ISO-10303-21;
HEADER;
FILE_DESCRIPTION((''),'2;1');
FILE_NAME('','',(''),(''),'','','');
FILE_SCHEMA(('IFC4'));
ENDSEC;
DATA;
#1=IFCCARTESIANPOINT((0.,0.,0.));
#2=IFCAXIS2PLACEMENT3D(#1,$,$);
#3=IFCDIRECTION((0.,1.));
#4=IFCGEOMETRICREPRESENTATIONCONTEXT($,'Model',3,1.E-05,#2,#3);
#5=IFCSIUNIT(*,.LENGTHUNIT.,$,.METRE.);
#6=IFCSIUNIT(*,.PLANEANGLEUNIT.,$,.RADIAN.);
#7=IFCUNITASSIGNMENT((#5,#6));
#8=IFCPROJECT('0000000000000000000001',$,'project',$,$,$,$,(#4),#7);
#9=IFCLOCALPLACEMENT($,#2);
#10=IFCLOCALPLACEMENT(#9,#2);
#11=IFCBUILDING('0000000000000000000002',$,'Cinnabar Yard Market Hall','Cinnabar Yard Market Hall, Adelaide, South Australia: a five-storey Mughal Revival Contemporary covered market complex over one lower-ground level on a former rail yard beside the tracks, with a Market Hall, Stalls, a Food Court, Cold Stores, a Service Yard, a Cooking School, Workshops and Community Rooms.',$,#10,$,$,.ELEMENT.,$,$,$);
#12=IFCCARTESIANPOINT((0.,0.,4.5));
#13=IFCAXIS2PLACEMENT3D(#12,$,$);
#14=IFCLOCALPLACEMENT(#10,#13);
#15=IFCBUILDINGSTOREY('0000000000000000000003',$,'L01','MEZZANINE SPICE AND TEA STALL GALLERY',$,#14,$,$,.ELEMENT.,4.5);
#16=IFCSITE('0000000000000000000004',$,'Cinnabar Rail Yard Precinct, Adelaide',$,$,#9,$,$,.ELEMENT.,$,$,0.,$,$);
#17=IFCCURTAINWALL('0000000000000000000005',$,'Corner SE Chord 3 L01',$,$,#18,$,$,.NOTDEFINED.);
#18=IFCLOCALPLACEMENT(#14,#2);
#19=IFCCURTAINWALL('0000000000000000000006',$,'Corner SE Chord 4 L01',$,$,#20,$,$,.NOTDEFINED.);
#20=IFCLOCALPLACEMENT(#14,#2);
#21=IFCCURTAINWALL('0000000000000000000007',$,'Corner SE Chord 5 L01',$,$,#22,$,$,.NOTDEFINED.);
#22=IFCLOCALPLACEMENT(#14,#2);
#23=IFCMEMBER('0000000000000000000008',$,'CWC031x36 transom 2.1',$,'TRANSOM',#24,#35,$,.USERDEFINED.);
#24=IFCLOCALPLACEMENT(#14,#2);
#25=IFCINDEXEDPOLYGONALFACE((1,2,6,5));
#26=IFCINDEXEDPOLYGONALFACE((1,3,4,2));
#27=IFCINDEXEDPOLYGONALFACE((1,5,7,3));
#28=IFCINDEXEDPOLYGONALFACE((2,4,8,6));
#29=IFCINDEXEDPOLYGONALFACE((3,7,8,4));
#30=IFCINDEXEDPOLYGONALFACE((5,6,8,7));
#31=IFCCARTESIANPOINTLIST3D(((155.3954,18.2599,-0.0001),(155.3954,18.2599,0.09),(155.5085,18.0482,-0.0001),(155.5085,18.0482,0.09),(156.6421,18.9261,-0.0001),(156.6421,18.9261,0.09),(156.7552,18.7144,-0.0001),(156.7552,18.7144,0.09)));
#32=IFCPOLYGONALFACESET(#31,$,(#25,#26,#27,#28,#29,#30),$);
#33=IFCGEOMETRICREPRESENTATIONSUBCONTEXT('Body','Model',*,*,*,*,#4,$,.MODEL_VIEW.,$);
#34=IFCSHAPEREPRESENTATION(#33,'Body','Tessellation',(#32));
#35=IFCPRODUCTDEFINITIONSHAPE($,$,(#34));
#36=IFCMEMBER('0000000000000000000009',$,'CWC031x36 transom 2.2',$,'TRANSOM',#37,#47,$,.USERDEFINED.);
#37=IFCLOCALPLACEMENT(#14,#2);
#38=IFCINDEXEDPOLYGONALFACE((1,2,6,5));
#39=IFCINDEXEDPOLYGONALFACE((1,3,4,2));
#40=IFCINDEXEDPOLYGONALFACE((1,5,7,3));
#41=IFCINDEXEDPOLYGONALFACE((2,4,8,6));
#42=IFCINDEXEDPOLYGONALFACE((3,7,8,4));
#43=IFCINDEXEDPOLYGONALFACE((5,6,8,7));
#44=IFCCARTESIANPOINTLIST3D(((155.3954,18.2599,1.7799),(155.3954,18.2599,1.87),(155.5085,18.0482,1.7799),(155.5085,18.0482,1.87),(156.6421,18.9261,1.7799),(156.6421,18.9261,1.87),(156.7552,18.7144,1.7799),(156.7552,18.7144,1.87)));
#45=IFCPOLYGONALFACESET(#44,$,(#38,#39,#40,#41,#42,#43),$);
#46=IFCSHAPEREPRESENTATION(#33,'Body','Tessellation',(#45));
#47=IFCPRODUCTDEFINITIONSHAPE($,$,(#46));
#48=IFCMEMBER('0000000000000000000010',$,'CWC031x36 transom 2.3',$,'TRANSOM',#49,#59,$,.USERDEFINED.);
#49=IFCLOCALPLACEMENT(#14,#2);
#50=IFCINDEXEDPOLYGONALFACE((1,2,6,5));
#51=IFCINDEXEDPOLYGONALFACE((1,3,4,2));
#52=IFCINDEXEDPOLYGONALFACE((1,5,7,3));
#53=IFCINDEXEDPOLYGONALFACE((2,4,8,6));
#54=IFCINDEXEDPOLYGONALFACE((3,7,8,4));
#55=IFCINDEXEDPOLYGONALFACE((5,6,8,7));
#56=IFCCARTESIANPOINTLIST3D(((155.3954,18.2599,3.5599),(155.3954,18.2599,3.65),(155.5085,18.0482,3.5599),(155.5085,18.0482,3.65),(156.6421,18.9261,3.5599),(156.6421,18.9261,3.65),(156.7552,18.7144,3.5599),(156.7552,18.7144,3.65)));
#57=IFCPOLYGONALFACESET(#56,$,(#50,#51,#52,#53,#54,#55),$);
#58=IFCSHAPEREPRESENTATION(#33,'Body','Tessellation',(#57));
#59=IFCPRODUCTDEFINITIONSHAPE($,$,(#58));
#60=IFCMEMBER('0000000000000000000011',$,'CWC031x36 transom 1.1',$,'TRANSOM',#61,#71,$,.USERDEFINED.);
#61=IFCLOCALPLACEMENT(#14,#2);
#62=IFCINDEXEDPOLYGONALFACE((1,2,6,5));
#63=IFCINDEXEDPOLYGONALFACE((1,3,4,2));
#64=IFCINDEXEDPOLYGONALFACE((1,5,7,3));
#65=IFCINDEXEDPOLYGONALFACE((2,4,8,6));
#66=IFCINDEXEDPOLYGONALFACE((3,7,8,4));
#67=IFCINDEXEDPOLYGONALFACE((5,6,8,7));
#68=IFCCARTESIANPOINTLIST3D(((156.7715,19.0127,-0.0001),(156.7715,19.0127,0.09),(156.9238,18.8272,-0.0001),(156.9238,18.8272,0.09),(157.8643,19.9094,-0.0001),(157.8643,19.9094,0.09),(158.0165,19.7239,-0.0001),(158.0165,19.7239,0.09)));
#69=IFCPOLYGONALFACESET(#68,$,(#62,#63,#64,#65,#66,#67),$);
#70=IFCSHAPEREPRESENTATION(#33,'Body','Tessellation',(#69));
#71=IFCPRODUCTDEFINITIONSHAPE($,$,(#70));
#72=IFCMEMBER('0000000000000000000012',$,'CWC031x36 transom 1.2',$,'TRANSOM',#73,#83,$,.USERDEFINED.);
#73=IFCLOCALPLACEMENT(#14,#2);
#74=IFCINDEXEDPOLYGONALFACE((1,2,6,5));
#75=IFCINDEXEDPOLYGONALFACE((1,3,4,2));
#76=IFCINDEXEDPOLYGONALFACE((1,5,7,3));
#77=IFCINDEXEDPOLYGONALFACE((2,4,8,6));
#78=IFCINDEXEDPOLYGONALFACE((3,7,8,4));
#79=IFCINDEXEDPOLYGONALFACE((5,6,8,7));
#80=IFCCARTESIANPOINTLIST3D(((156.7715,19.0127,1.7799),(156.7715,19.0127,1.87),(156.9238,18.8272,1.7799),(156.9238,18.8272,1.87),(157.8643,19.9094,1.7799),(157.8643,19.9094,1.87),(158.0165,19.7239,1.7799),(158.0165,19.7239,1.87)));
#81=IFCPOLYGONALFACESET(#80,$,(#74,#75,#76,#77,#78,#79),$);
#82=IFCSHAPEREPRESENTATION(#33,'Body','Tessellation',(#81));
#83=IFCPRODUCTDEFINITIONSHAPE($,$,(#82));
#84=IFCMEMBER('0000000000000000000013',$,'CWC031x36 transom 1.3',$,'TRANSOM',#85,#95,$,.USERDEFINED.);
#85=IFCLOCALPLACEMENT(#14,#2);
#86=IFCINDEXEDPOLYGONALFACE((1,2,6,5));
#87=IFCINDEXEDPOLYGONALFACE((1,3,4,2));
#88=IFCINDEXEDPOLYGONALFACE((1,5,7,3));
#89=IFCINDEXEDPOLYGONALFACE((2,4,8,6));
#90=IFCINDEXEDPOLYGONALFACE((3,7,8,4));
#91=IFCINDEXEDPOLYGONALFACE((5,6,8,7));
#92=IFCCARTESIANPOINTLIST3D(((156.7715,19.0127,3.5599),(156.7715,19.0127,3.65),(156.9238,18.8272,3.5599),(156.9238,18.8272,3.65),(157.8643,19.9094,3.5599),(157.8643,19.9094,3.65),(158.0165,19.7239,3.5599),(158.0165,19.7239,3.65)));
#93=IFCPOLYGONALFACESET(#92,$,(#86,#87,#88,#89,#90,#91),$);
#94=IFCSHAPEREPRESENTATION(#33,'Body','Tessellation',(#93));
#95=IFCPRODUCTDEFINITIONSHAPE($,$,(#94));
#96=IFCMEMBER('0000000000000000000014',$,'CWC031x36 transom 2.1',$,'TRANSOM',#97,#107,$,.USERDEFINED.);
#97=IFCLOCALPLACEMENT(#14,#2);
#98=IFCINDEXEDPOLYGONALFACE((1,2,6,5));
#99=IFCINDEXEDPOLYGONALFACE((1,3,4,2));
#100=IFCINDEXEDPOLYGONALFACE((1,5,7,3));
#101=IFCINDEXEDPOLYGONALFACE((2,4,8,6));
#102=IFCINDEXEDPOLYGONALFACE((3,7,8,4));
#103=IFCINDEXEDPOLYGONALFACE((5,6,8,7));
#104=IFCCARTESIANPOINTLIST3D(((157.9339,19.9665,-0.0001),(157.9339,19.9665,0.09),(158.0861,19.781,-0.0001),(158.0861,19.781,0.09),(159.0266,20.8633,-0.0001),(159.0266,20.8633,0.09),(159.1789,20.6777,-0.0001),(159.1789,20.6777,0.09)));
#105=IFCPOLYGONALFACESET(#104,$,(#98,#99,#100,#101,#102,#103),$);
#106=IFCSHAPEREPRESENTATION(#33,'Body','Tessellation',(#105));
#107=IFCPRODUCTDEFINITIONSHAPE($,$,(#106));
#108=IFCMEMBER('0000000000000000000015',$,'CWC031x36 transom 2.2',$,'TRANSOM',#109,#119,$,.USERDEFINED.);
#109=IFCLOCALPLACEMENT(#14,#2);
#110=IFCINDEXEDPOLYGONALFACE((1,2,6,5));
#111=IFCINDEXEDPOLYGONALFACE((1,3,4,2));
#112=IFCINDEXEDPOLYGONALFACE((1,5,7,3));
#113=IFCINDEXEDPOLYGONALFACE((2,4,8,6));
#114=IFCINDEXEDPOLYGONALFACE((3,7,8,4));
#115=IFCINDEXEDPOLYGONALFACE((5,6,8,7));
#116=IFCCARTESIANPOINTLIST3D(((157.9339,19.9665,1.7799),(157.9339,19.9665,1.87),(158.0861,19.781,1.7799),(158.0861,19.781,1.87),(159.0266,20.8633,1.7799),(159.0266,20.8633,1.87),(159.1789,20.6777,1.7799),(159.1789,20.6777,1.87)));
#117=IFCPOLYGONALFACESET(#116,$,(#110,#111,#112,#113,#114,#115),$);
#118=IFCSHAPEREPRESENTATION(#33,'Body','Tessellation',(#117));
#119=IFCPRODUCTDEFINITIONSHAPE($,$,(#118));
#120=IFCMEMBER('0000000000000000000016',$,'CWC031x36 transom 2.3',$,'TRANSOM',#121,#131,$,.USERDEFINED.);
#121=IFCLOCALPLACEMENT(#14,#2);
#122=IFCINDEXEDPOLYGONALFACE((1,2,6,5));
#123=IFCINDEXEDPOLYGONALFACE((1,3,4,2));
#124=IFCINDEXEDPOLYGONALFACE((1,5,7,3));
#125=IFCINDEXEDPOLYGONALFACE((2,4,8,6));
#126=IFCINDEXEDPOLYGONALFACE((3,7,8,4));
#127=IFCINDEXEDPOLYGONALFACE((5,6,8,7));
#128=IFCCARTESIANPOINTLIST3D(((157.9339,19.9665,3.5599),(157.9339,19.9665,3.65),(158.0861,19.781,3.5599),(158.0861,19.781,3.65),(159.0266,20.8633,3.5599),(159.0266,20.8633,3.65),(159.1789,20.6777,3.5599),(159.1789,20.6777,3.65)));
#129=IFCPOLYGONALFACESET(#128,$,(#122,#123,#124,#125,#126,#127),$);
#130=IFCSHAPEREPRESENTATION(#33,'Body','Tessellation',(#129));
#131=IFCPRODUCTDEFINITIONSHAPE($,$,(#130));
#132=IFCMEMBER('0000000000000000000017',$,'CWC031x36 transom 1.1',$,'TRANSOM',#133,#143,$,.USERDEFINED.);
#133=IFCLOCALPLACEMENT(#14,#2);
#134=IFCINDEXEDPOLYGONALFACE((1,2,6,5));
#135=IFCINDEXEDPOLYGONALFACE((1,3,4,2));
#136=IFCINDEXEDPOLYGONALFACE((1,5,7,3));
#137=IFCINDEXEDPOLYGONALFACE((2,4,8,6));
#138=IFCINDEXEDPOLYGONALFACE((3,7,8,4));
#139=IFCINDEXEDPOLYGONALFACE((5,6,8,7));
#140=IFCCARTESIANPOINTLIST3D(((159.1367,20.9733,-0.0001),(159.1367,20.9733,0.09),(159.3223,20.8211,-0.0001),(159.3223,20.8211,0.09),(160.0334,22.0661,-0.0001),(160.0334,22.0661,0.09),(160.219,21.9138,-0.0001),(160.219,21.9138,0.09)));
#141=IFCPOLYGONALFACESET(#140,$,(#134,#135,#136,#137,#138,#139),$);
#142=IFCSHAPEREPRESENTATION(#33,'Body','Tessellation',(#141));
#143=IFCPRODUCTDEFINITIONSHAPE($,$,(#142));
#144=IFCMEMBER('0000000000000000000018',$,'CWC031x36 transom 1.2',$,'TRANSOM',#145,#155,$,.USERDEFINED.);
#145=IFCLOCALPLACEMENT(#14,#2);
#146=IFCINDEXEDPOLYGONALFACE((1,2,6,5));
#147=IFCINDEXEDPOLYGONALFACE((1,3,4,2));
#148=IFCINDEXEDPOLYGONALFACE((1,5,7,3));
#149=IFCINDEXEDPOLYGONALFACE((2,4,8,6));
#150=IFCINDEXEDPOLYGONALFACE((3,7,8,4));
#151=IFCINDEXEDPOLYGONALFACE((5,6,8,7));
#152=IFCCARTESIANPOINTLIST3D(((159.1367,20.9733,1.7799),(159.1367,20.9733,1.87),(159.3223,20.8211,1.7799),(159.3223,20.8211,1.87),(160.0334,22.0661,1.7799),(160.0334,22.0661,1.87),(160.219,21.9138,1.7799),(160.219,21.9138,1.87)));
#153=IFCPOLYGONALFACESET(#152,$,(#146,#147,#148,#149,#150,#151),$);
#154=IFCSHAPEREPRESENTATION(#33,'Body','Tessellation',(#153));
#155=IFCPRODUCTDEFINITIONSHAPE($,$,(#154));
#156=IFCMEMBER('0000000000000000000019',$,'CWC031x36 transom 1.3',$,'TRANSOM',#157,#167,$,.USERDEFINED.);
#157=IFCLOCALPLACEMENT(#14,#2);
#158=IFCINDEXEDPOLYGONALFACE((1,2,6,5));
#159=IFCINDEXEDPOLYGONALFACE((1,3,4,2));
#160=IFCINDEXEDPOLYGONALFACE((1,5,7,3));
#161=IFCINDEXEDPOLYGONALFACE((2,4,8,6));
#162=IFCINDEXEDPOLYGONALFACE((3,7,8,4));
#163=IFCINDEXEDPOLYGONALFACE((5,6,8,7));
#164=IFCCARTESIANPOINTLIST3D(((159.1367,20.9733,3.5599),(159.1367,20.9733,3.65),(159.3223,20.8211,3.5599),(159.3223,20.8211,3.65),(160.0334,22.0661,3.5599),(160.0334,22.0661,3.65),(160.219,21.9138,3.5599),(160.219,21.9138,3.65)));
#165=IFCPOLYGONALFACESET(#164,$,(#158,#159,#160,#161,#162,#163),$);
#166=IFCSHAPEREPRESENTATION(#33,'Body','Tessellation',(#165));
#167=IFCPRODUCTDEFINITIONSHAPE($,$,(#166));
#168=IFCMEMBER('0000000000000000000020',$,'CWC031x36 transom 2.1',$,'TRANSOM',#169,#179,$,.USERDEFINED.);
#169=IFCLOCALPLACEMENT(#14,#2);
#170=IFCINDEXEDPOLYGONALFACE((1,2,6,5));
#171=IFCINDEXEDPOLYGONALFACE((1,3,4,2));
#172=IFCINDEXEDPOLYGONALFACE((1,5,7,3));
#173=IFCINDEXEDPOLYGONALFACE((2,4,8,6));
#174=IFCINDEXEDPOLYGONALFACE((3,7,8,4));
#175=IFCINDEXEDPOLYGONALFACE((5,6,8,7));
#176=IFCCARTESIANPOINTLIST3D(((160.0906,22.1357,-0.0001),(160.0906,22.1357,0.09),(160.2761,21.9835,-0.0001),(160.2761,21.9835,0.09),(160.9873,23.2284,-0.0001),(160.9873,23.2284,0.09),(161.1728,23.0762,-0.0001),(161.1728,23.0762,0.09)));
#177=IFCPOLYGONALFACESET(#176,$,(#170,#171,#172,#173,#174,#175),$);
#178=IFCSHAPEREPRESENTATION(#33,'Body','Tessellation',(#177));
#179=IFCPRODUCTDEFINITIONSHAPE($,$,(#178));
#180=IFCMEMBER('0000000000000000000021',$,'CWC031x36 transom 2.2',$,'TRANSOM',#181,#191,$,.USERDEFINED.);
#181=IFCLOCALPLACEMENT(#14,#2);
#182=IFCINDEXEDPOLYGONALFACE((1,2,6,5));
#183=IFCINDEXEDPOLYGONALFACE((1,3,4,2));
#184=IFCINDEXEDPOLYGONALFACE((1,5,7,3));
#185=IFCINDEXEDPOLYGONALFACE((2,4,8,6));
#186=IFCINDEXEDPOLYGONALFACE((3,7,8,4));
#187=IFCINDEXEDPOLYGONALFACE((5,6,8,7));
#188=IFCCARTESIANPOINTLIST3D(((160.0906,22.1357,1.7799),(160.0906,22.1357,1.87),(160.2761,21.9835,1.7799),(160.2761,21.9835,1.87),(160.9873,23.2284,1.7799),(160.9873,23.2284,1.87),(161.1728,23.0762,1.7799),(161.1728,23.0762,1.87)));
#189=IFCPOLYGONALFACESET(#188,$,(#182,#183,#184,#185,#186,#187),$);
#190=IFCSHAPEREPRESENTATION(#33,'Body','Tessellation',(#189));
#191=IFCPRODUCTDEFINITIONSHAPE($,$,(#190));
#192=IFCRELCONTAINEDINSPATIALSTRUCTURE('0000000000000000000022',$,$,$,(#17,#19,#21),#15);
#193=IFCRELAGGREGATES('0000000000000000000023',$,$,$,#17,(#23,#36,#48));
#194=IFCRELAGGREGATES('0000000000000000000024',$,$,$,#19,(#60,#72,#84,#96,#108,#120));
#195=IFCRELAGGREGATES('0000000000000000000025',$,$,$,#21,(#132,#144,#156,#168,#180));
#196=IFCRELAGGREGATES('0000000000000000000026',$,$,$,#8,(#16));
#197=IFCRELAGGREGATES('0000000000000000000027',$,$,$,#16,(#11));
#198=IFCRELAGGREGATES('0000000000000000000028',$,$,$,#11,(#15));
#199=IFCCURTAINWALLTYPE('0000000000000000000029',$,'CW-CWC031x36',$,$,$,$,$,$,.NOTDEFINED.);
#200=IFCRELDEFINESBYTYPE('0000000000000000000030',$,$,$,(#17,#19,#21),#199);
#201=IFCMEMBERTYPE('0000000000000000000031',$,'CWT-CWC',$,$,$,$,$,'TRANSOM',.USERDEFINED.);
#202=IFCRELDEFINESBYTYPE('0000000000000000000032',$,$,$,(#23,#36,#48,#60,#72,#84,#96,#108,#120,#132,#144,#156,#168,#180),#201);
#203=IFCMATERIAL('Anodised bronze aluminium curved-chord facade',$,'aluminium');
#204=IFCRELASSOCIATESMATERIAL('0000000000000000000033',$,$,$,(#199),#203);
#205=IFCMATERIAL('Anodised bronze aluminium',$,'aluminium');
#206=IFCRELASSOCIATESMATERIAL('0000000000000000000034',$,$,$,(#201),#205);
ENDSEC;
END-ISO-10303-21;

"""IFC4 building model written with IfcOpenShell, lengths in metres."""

from ifc_helpers import new_model, si_unit, direction, frame, origin, origin_2d_with_axis, place, context, subcontext, project, spatial, rectangle, extrude, material, material_profile, profile_set, type_object, element, aggregate, save


model = new_model("IFC4")

# Units and contexts
model_context = context("Model", 3, precision=1e-05, world=origin(), true_north=direction((0.0, 1.0)))
body_context = subcontext(model_context, "Body", "Model", "MODEL_VIEW")
ifc_project = project(units=[si_unit("LENGTHUNIT", "METRE"), si_unit("PLANEANGLEUNIT", "RADIAN")], contexts=[model_context])

# Site, building, storey
site_placement = place(None, origin())
site = spatial("IfcSite", under=ifc_project, at=site_placement, Name="Cinnabar Rail Yard Precinct, Adelaide", CompositionType="ELEMENT", RefElevation=0.0)
building_placement = place(site_placement, origin())
building = spatial("IfcBuilding", under=site, at=building_placement, Name="Cinnabar Yard Market Hall", Description="Cinnabar Yard Market Hall, Adelaide, South Australia: a five-storey Mughal Revival Contemporary covered market complex over one lower-ground level on a former rail yard beside the tracks, with a Market Hall, Stalls, a Food Court, Cold Stores, a Service Yard, a Cooking School, Workshops and Community Rooms.", CompositionType="ELEMENT")
storey_placement = place(building_placement, frame((0.0, 0.0, 4.5)))
storey = spatial("IfcBuildingStorey", under=building, at=storey_placement, Name="L01", Description="MEZZANINE SPICE AND TEA STALL GALLERY", CompositionType="ELEMENT", Elevation=4.5)

# Curtain walls
ifc_material_1 = material(Name="Anodised bronze aluminium curved-chord facade", Category="aluminium")
curtain_wall_type = type_object("IfcCurtainWallType", Name="CW-CWC031x36", PredefinedType="NOTDEFINED", material=ifc_material_1)
curtain_wall_1_placement = place(storey_placement, origin())
curtain_wall_1 = element("IfcCurtainWall", 1, at=curtain_wall_1_placement, inside=storey, type_object=curtain_wall_type, Name="Corner SE Chord 3 L01", PredefinedType="NOTDEFINED")
ifc_material_2 = material(Name="Anodised bronze aluminium", Category="aluminium")
curtain_wall_2_placement = place(storey_placement, origin())
curtain_wall_2 = element("IfcCurtainWall", 2, at=curtain_wall_2_placement, inside=storey, type_object=curtain_wall_type, Name="Corner SE Chord 4 L01", PredefinedType="NOTDEFINED")
curtain_wall_3_placement = place(storey_placement, origin())
curtain_wall_3 = element("IfcCurtainWall", 3, at=curtain_wall_3_placement, inside=storey, type_object=curtain_wall_type, Name="Corner SE Chord 5 L01", PredefinedType="NOTDEFINED")

# Members
ifc_material_profile_1 = material_profile(ifc_material_2, rectangle(XDim=0.24, YDim=0.0901, at=origin_2d_with_axis()), Name="TRN-CWC")
ifc_profile_set_1 = profile_set([ifc_material_profile_1], Name="Anodised bronze aluminium")
member_type_1 = type_object("IfcMemberType", Name="CWT-CWC", ElementType="TRANSOM", PredefinedType="USERDEFINED", material=ifc_profile_set_1)
member_1_placement = place(storey_placement, frame((155.4519, 18.1541, 0.0449), z_axis=(0.881975, 0.471296, 0.0), x_axis=(-0.471296, 0.881975, 0.0)))
member_1 = element("IfcMember", 4, at=member_1_placement, type_object=member_type_1, Name="CWC031x36 transom 2.1", ObjectType="TRANSOM", PredefinedType="USERDEFINED", context=body_context, shape_type="SweptSolid", body=[
    extrude(rectangle(XDim=0.24, YDim=0.0901, at=origin_2d_with_axis()), origin(), (0.0, 0.0, 1.0), 1.4136),
])
member_2_placement = place(storey_placement, frame((155.4519, 18.1541, 1.825), z_axis=(0.881975, 0.471296, 0.0), x_axis=(-0.471296, 0.881975, 0.0)))
member_2 = element("IfcMember", 5, at=member_2_placement, type_object=member_type_1, Name="CWC031x36 transom 2.2", ObjectType="TRANSOM", PredefinedType="USERDEFINED", context=body_context, shape_type="SweptSolid", body=[
    extrude(rectangle(XDim=0.24, YDim=0.0901, at=origin_2d_with_axis()), origin(), (0.0, 0.0, 1.0), 1.4136),
])
member_3_placement = place(storey_placement, frame((155.4519, 18.1541, 3.605), z_axis=(0.881975, 0.471296, 0.0), x_axis=(-0.471296, 0.881975, 0.0)))
member_3 = element("IfcMember", 6, at=member_3_placement, type_object=member_type_1, Name="CWC031x36 transom 2.3", ObjectType="TRANSOM", PredefinedType="USERDEFINED", context=body_context, shape_type="SweptSolid", body=[
    extrude(rectangle(XDim=0.24, YDim=0.0901, at=origin_2d_with_axis()), origin(), (0.0, 0.0, 1.0), 1.4136),
])
member_4_placement = place(storey_placement, frame((156.8477, 18.9199, 0.0449), z_axis=(0.773041, 0.634356, 0.0), x_axis=(-0.634356, 0.773041, 0.0)))
member_4 = element("IfcMember", 7, at=member_4_placement, type_object=member_type_1, Name="CWC031x36 transom 1.1", ObjectType="TRANSOM", PredefinedType="USERDEFINED", context=body_context, shape_type="SweptSolid", body=[
    extrude(rectangle(XDim=0.24, YDim=0.0901, at=origin_2d_with_axis()), origin(), (0.0, 0.0, 1.0), 1.4136),
])
member_5_placement = place(storey_placement, frame((156.8477, 18.9199, 1.825), z_axis=(0.773041, 0.634356, 0.0), x_axis=(-0.634356, 0.773041, 0.0)))
member_5 = element("IfcMember", 8, at=member_5_placement, type_object=member_type_1, Name="CWC031x36 transom 1.2", ObjectType="TRANSOM", PredefinedType="USERDEFINED", context=body_context, shape_type="SweptSolid", body=[
    extrude(rectangle(XDim=0.24, YDim=0.0901, at=origin_2d_with_axis()), origin(), (0.0, 0.0, 1.0), 1.4136),
])
member_6_placement = place(storey_placement, frame((156.8477, 18.9199, 3.605), z_axis=(0.773041, 0.634356, 0.0), x_axis=(-0.634356, 0.773041, 0.0)))
member_6 = element("IfcMember", 9, at=member_6_placement, type_object=member_type_1, Name="CWC031x36 transom 1.3", ObjectType="TRANSOM", PredefinedType="USERDEFINED", context=body_context, shape_type="SweptSolid", body=[
    extrude(rectangle(XDim=0.24, YDim=0.0901, at=origin_2d_with_axis()), origin(), (0.0, 0.0, 1.0), 1.4136),
])
member_7_placement = place(storey_placement, frame((158.01, 19.8738, 0.0449), z_axis=(0.773041, 0.634356, 0.0), x_axis=(-0.634356, 0.773041, 0.0)))
member_7 = element("IfcMember", 10, at=member_7_placement, type_object=member_type_1, Name="CWC031x36 transom 2.1", ObjectType="TRANSOM", PredefinedType="USERDEFINED", context=body_context, shape_type="SweptSolid", body=[
    extrude(rectangle(XDim=0.24, YDim=0.0901, at=origin_2d_with_axis()), origin(), (0.0, 0.0, 1.0), 1.4136),
])
member_8_placement = place(storey_placement, frame((158.01, 19.8738, 1.825), z_axis=(0.773041, 0.634356, 0.0), x_axis=(-0.634356, 0.773041, 0.0)))
member_8 = element("IfcMember", 11, at=member_8_placement, type_object=member_type_1, Name="CWC031x36 transom 2.2", ObjectType="TRANSOM", PredefinedType="USERDEFINED", context=body_context, shape_type="SweptSolid", body=[
    extrude(rectangle(XDim=0.24, YDim=0.0901, at=origin_2d_with_axis()), origin(), (0.0, 0.0, 1.0), 1.4136),
])
member_9_placement = place(storey_placement, frame((158.01, 19.8738, 3.605), z_axis=(0.773041, 0.634356, 0.0), x_axis=(-0.634356, 0.773041, 0.0)))
member_9 = element("IfcMember", 12, at=member_9_placement, type_object=member_type_1, Name="CWC031x36 transom 2.3", ObjectType="TRANSOM", PredefinedType="USERDEFINED", context=body_context, shape_type="SweptSolid", body=[
    extrude(rectangle(XDim=0.24, YDim=0.0901, at=origin_2d_with_axis()), origin(), (0.0, 0.0, 1.0), 1.4136),
])
member_10_placement = place(storey_placement, frame((159.2295, 20.8972, 0.0449), z_axis=(0.634356, 0.773041, 0.0), x_axis=(-0.773041, 0.634356, 0.0)))
member_10 = element("IfcMember", 13, at=member_10_placement, type_object=member_type_1, Name="CWC031x36 transom 1.1", ObjectType="TRANSOM", PredefinedType="USERDEFINED", context=body_context, shape_type="SweptSolid", body=[
    extrude(rectangle(XDim=0.24, YDim=0.0901, at=origin_2d_with_axis()), origin(), (0.0, 0.0, 1.0), 1.4136),
])
member_11_placement = place(storey_placement, frame((159.2295, 20.8972, 1.825), z_axis=(0.634356, 0.773041, 0.0), x_axis=(-0.773041, 0.634356, 0.0)))
member_11 = element("IfcMember", 14, at=member_11_placement, type_object=member_type_1, Name="CWC031x36 transom 1.2", ObjectType="TRANSOM", PredefinedType="USERDEFINED", context=body_context, shape_type="SweptSolid", body=[
    extrude(rectangle(XDim=0.24, YDim=0.0901, at=origin_2d_with_axis()), origin(), (0.0, 0.0, 1.0), 1.4136),
])
member_12_placement = place(storey_placement, frame((159.2295, 20.8972, 3.605), z_axis=(0.634356, 0.773041, 0.0), x_axis=(-0.773041, 0.634356, 0.0)))
member_12 = element("IfcMember", 15, at=member_12_placement, type_object=member_type_1, Name="CWC031x36 transom 1.3", ObjectType="TRANSOM", PredefinedType="USERDEFINED", context=body_context, shape_type="SweptSolid", body=[
    extrude(rectangle(XDim=0.24, YDim=0.0901, at=origin_2d_with_axis()), origin(), (0.0, 0.0, 1.0), 1.4136),
])
member_13_placement = place(storey_placement, frame((160.1833, 22.0596, 0.0449), z_axis=(0.634356, 0.773041, 0.0), x_axis=(-0.773041, 0.634356, 0.0)))
member_13 = element("IfcMember", 16, at=member_13_placement, type_object=member_type_1, Name="CWC031x36 transom 2.1", ObjectType="TRANSOM", PredefinedType="USERDEFINED", context=body_context, shape_type="SweptSolid", body=[
    extrude(rectangle(XDim=0.24, YDim=0.0901, at=origin_2d_with_axis()), origin(), (0.0, 0.0, 1.0), 1.4136),
])
member_14_placement = place(storey_placement, frame((160.1833, 22.0596, 1.825), z_axis=(0.634356, 0.773041, 0.0), x_axis=(-0.773041, 0.634356, 0.0)))
member_14 = element("IfcMember", 17, at=member_14_placement, type_object=member_type_1, Name="CWC031x36 transom 2.2", ObjectType="TRANSOM", PredefinedType="USERDEFINED", context=body_context, shape_type="SweptSolid", body=[
    extrude(rectangle(XDim=0.24, YDim=0.0901, at=origin_2d_with_axis()), origin(), (0.0, 0.0, 1.0), 1.4136),
])

aggregate(curtain_wall_1, [member_1, member_2, member_3])
aggregate(curtain_wall_2, [member_4, member_5, member_6, member_7, member_8, member_9])
aggregate(curtain_wall_3, [member_10, member_11, member_12, member_13, member_14])

save(model, "model.ifc")
